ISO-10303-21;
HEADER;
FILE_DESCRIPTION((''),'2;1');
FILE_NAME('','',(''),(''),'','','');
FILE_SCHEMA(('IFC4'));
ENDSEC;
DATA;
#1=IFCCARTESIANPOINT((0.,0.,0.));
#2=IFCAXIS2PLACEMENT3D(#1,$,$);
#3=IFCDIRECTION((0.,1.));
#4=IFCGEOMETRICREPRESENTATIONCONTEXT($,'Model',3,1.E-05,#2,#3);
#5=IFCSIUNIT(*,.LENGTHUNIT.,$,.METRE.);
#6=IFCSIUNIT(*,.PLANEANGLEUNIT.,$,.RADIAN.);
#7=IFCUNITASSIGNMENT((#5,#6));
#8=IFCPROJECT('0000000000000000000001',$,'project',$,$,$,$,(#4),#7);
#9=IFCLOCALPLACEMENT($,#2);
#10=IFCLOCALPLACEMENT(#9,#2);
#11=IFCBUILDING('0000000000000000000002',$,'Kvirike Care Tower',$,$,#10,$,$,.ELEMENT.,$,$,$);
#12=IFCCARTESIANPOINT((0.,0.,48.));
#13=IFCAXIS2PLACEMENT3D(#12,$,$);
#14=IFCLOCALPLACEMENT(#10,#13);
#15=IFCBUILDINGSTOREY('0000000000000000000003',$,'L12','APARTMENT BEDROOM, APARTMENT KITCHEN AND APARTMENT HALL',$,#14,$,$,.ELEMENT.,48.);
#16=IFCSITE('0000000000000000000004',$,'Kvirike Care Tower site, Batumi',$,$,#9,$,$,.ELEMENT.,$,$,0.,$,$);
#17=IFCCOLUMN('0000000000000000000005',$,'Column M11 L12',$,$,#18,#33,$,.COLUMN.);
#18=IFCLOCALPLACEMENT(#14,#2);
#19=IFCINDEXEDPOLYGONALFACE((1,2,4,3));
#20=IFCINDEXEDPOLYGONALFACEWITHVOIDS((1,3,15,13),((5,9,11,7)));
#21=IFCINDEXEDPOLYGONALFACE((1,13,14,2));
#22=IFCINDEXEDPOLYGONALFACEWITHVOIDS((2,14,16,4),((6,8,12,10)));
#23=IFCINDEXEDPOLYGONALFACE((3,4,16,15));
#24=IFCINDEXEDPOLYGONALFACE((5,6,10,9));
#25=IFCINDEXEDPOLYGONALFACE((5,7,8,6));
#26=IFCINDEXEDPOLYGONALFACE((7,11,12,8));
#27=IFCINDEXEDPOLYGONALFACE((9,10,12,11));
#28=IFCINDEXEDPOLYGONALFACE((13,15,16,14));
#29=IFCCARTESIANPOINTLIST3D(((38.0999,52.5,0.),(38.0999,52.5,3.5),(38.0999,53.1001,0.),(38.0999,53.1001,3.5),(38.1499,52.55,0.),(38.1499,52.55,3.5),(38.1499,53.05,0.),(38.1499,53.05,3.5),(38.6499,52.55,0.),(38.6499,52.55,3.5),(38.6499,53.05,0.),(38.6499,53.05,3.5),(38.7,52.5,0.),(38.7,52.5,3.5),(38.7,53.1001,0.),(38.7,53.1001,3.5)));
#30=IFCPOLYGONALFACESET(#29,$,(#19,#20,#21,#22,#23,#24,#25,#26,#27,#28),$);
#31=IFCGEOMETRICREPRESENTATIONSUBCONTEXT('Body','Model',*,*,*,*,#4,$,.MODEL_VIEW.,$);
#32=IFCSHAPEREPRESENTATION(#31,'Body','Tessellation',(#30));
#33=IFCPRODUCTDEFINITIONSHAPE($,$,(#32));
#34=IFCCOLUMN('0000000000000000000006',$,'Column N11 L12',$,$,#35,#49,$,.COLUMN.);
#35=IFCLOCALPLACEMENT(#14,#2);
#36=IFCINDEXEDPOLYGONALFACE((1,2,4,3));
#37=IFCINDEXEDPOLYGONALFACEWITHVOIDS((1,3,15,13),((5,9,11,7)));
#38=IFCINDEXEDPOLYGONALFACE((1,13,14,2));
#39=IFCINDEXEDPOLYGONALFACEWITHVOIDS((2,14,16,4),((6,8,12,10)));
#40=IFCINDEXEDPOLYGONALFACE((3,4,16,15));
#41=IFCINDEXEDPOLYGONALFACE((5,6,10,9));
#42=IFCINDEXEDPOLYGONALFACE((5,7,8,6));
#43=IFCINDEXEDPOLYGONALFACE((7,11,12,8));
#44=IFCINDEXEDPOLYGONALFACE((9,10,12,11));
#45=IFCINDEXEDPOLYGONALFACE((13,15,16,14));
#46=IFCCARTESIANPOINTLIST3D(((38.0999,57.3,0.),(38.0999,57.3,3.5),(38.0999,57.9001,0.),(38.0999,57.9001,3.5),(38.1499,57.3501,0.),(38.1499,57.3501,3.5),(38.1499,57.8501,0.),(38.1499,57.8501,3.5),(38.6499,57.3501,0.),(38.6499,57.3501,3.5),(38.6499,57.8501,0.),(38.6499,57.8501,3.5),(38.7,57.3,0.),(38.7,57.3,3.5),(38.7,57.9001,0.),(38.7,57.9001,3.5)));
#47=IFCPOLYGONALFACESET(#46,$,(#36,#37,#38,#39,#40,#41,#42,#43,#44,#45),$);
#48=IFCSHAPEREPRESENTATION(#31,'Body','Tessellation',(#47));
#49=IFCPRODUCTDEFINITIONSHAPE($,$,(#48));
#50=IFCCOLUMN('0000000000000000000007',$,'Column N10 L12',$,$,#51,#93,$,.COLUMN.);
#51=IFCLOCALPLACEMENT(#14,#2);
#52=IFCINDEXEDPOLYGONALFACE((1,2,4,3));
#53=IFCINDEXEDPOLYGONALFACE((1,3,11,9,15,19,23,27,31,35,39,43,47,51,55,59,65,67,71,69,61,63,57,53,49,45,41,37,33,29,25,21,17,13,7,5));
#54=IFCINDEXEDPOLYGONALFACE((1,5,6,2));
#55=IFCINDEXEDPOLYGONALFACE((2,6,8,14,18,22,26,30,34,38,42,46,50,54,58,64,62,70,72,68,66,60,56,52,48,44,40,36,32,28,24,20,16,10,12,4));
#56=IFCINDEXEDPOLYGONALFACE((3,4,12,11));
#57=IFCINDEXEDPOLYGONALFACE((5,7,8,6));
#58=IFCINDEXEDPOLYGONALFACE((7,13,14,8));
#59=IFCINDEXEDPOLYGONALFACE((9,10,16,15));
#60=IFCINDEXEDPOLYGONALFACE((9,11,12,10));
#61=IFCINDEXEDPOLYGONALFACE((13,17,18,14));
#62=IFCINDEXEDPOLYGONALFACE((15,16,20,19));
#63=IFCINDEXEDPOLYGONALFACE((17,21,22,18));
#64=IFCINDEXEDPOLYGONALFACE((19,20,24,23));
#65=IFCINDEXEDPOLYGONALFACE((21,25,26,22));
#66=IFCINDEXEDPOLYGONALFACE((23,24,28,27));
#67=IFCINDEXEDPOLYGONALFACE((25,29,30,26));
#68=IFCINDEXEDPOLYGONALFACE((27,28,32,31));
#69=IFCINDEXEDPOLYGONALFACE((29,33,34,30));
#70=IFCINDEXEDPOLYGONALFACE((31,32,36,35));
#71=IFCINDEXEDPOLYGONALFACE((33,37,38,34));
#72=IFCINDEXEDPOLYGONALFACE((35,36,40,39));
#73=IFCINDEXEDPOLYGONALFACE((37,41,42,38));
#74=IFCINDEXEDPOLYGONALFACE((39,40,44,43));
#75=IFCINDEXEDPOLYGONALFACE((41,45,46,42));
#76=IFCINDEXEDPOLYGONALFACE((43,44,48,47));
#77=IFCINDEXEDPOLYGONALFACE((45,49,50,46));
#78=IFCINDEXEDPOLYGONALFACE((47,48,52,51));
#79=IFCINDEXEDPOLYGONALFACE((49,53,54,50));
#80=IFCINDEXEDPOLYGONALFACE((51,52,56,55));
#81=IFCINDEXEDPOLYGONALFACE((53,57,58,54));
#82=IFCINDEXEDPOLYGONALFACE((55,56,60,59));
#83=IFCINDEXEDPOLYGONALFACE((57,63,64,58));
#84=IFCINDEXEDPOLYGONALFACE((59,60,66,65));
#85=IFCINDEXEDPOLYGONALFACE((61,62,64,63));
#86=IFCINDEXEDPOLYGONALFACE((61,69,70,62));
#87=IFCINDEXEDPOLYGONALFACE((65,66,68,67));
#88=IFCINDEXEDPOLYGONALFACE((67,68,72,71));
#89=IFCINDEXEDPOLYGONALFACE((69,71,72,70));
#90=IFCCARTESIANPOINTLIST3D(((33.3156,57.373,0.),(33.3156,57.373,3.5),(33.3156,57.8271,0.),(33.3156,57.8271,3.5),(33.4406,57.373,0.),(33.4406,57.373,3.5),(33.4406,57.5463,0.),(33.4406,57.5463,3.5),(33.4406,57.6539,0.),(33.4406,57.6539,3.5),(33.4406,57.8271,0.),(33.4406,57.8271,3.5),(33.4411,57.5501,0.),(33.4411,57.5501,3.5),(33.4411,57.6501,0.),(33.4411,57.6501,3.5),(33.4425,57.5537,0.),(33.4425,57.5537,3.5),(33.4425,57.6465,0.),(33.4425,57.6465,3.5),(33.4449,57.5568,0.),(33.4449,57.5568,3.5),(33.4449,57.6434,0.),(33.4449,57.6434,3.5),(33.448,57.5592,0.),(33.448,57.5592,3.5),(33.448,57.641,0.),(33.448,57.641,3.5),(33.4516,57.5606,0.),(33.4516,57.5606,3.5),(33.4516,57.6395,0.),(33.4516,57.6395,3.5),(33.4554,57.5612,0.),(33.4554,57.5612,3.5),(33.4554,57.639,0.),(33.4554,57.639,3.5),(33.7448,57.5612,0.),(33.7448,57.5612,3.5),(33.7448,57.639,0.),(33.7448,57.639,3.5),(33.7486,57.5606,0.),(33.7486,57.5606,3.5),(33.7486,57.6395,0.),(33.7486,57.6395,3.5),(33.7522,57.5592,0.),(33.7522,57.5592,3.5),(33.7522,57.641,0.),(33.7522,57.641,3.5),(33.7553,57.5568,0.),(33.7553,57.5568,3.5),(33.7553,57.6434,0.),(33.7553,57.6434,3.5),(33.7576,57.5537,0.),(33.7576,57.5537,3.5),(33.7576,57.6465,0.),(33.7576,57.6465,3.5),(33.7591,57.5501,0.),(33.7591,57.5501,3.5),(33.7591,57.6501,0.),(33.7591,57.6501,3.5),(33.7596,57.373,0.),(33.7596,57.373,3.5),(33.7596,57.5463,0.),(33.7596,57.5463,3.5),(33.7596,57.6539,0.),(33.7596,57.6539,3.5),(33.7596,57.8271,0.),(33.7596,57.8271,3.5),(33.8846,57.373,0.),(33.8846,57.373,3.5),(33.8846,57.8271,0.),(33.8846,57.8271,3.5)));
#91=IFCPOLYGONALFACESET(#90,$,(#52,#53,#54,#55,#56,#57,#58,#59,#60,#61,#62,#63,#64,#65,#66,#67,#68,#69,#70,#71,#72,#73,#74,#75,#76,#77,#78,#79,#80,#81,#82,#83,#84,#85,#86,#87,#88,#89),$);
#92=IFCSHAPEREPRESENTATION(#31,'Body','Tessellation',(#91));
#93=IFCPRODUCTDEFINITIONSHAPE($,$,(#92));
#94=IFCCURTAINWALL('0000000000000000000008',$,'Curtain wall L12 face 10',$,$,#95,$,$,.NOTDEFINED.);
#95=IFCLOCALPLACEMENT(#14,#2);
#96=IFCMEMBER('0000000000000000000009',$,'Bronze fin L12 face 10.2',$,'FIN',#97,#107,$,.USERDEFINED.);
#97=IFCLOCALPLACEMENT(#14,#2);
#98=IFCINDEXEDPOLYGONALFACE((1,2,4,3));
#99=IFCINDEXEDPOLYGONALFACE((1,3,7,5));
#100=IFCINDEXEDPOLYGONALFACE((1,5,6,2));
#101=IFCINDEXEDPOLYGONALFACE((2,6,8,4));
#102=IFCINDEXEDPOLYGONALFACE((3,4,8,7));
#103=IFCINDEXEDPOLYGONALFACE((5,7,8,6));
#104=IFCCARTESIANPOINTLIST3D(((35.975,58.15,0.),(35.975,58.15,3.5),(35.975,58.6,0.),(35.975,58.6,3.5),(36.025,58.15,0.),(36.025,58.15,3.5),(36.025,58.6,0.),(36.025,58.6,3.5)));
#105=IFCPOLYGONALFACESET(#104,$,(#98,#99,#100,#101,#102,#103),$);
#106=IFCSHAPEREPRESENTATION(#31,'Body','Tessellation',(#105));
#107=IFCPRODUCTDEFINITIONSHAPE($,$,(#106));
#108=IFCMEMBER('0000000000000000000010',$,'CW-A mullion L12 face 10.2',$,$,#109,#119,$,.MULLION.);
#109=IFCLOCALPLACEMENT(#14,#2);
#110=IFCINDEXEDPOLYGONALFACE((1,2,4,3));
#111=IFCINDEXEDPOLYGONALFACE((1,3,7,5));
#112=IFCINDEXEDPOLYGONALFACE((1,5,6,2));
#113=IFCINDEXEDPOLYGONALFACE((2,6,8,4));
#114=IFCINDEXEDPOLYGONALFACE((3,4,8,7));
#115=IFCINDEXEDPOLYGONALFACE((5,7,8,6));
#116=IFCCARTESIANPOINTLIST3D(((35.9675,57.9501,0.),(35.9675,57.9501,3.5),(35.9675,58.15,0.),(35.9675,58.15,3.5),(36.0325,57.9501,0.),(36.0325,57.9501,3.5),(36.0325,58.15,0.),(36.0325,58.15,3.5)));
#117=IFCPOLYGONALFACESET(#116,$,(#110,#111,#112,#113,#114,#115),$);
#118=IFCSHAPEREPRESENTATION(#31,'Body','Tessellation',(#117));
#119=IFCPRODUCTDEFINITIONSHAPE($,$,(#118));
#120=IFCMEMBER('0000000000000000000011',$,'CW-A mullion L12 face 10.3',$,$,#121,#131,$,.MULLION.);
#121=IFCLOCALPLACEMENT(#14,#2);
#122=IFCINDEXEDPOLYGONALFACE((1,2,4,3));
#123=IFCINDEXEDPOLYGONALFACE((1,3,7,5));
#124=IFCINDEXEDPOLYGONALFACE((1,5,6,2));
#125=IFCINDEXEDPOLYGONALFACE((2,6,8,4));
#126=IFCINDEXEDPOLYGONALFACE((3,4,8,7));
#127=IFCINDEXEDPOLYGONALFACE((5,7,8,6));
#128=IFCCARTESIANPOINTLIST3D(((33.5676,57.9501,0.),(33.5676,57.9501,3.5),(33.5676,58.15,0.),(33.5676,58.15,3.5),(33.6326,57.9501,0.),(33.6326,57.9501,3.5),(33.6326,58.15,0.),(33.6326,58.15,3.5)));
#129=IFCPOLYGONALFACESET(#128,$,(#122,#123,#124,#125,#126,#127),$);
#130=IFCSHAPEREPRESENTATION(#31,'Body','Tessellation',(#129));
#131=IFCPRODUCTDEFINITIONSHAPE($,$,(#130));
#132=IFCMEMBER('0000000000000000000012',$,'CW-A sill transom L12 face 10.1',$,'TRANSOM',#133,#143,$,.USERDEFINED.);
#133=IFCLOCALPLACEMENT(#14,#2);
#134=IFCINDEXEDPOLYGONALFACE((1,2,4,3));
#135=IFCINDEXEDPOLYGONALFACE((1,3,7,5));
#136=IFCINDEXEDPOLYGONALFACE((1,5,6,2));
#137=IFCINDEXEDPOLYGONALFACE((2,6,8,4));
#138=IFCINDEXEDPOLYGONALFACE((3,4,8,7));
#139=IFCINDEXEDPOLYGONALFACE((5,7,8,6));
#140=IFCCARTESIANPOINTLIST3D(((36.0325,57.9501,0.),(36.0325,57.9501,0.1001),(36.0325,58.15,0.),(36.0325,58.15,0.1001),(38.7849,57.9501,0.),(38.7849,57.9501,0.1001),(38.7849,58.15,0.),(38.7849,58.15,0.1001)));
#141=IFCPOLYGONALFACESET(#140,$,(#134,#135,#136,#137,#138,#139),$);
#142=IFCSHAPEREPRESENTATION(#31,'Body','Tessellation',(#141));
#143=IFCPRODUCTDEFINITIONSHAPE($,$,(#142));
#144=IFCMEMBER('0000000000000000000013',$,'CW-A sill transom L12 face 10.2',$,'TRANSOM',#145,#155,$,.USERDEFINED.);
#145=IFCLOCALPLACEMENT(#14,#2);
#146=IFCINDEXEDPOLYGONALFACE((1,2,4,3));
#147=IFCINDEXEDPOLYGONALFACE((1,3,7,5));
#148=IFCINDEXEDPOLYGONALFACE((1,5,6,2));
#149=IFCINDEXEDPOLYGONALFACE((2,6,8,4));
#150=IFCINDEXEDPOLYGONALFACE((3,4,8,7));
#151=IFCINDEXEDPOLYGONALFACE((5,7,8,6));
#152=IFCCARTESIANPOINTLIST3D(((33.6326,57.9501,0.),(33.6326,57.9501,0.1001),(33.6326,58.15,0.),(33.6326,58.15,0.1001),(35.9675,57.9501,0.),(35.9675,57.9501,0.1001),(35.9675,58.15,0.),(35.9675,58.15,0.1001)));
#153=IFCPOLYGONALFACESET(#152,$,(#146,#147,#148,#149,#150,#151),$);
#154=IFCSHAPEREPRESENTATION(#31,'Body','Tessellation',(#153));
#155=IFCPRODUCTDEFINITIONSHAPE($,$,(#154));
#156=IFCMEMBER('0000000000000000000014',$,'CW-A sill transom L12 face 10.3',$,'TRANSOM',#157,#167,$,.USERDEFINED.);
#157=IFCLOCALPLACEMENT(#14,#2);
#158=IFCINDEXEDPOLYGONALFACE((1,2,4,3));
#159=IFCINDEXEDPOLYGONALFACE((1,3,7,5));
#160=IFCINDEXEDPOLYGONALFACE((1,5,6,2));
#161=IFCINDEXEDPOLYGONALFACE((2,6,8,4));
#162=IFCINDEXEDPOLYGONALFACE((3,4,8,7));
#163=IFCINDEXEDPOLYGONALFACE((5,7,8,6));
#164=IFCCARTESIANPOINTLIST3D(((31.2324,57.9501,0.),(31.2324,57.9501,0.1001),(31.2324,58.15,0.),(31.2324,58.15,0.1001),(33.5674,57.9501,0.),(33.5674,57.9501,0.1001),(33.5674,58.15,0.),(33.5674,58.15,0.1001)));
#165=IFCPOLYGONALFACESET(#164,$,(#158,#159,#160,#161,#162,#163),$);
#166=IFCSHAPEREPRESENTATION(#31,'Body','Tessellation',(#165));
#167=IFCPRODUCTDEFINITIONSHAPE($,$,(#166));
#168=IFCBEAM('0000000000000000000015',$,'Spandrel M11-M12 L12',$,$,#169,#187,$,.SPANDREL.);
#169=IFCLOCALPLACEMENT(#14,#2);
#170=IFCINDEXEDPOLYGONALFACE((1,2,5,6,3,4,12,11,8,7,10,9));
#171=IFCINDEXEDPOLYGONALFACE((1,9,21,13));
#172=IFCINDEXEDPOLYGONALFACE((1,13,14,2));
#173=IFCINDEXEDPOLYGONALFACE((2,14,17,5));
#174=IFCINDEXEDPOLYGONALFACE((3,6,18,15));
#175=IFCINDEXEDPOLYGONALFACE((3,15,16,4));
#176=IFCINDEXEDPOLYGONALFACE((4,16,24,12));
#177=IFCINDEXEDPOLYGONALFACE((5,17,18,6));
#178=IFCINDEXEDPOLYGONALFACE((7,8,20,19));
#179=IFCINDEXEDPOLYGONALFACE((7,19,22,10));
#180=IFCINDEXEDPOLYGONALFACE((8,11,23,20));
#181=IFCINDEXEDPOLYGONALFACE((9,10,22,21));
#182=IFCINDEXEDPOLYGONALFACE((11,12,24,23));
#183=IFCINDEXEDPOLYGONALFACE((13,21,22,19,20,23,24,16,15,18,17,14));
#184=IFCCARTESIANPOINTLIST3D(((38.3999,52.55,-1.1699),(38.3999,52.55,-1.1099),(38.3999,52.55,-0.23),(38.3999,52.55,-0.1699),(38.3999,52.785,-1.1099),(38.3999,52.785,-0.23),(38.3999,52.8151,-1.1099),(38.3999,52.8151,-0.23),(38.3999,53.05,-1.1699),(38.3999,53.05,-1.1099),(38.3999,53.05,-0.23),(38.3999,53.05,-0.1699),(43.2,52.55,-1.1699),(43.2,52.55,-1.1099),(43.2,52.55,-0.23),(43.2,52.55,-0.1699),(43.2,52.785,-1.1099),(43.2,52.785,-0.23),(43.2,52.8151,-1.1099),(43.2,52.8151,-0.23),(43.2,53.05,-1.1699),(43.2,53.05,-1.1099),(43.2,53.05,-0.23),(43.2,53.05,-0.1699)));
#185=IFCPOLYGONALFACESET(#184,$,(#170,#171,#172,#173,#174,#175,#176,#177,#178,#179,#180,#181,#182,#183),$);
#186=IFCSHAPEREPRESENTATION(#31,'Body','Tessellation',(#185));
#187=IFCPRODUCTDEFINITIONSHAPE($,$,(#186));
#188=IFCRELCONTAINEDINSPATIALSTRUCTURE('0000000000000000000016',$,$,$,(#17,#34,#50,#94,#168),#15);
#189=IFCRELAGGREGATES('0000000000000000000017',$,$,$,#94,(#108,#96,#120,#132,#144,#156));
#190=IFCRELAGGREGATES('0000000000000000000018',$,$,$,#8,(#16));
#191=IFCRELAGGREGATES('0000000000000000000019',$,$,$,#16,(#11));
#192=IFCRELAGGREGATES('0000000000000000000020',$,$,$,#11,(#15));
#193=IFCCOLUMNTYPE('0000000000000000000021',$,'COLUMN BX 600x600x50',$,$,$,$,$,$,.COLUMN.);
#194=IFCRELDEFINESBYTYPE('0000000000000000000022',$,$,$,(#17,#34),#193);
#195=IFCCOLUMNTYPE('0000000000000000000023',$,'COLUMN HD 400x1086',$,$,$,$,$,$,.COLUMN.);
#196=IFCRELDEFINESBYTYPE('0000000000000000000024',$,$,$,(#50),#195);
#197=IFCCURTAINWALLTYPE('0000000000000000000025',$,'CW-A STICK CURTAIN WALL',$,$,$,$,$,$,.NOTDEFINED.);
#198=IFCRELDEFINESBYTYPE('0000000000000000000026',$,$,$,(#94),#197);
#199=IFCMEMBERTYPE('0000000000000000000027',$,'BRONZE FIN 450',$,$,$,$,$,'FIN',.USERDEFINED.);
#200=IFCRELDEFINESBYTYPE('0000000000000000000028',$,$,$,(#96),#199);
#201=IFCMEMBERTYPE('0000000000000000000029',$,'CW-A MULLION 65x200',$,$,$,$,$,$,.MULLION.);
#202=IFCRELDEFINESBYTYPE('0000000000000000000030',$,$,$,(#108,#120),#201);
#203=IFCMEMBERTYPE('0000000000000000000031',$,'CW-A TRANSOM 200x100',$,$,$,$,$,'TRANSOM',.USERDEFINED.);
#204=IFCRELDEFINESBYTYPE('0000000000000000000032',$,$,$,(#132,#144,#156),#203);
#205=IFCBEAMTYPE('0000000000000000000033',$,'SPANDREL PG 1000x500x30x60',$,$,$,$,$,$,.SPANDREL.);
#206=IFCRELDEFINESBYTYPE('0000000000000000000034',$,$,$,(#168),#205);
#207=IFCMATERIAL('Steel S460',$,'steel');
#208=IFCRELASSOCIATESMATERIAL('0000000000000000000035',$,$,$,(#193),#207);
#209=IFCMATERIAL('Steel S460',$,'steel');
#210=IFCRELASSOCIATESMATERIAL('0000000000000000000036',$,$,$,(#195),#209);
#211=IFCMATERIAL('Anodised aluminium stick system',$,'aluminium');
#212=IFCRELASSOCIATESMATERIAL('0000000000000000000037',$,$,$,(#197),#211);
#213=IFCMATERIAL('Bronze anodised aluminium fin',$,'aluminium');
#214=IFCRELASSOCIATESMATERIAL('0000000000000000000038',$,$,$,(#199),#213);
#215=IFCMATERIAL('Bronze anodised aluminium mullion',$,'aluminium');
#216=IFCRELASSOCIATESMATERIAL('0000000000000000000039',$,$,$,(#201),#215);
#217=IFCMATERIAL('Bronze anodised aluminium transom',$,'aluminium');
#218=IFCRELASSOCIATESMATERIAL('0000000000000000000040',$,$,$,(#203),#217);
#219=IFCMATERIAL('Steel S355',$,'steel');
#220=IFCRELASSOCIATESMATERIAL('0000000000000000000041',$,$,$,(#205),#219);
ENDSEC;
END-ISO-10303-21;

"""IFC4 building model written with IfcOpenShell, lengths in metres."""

from ifc_helpers import new_model, si_unit, direction, frame, origin, origin_2d, place, context, subcontext, project, spatial, rectangle, hollow_rectangle, i_section, extrude, material, material_profile, profile_set, type_object, element, aggregate, save


model = new_model("IFC4")

# Units and contexts
model_context = context("Model", 3, precision=1e-05, world=origin(), true_north=direction((0.0, 1.0)))
body_context = subcontext(model_context, "Body", "Model", "MODEL_VIEW")
ifc_project = project(units=[si_unit("LENGTHUNIT", "METRE"), si_unit("PLANEANGLEUNIT", "RADIAN")], contexts=[model_context])

# Site, building, storey
site_placement = place(None, origin())
site = spatial("IfcSite", under=ifc_project, at=site_placement, Name="Kvirike Care Tower site, Batumi", CompositionType="ELEMENT", RefElevation=0.0)
building_placement = place(site_placement, origin())
building = spatial("IfcBuilding", under=site, at=building_placement, Name="Kvirike Care Tower", CompositionType="ELEMENT")
storey_placement = place(building_placement, frame((0.0, 0.0, 48.0)))
storey = spatial("IfcBuildingStorey", under=building, at=storey_placement, Name="L12", Description="APARTMENT BEDROOM, APARTMENT KITCHEN AND APARTMENT HALL", CompositionType="ELEMENT", Elevation=48.0)

# Columns
ifc_material_1 = material(Name="Steel S460", Category="steel")
ifc_material_profile_1 = material_profile(ifc_material_1, hollow_rectangle(XDim=0.6001, YDim=0.6001, WallThickness=0.05, at=origin_2d()), Name="BX 600x600x50")
ifc_profile_set_1 = profile_set([ifc_material_profile_1], Name="Steel S460")
column_type_1 = type_object("IfcColumnType", Name="COLUMN BX 600x600x50", PredefinedType="COLUMN", material=ifc_profile_set_1)
for number, where, z_axis, x_axis, name in (
    (1, (38.3999, 52.8, 0.0), (0.0, 0.0, 1.0), (0.0, 1.0, 0.0), "Column M11 L12"),
    (2, (38.3999, 57.6001, 0.0), (0.0, 0.0, 1.0), (0.0, 1.0, 0.0), "Column N11 L12"),
):
    element("IfcColumn", number, at=place(storey_placement, frame(where, z_axis=z_axis, x_axis=x_axis)), inside=storey, type_object=column_type_1, Name=name, PredefinedType="COLUMN", context=body_context, shape_type="SweptSolid", body=[
        extrude(hollow_rectangle(XDim=0.6001, YDim=0.6001, WallThickness=0.05, at=origin_2d()), origin(), (0.0, 0.0, 1.0), 3.5),
    ])
ifc_material_2 = material(Name="Steel S460", Category="steel")
ifc_material_profile_2 = material_profile(ifc_material_2, i_section(OverallWidth=0.4541, OverallDepth=0.5691, WebThickness=0.0779, FlangeThickness=0.125, FilletRadius=0.0149, at=origin_2d()), Name="HD 400x1086")
ifc_profile_set_2 = profile_set([ifc_material_profile_2], Name="Steel S460")
column_type_2 = type_object("IfcColumnType", Name="COLUMN HD 400x1086", PredefinedType="COLUMN", material=ifc_profile_set_2)
column_placement = place(storey_placement, frame((33.6001, 57.6001, 0.0), z_axis=(0.0, 0.0, 1.0), x_axis=(0.0, 1.0, 0.0)))
element("IfcColumn", 3, at=column_placement, inside=storey, type_object=column_type_2, Name="Column N10 L12", PredefinedType="COLUMN", context=body_context, shape_type="SweptSolid", body=[
    extrude(i_section(OverallWidth=0.4541, OverallDepth=0.5691, WebThickness=0.0779, FlangeThickness=0.125, FilletRadius=0.0149, at=origin_2d()), origin(), (0.0, 0.0, 1.0), 3.5),
])

# Curtain wall, members
ifc_material_3 = material(Name="Anodised aluminium stick system", Category="aluminium")
curtain_wall_type = type_object("IfcCurtainWallType", Name="CW-A STICK CURTAIN WALL", PredefinedType="NOTDEFINED", material=ifc_material_3)
curtain_wall_placement = place(storey_placement, origin())
curtain_wall = element("IfcCurtainWall", 4, at=curtain_wall_placement, inside=storey, type_object=curtain_wall_type, Name="Curtain wall L12 face 10", PredefinedType="NOTDEFINED")
ifc_material_4 = material(Name="Bronze anodised aluminium fin", Category="aluminium")
ifc_material_profile_3 = material_profile(ifc_material_4, rectangle(XDim=0.05, YDim=0.45, at=origin_2d()), Name="BRONZE FIN 450")
ifc_profile_set_3 = profile_set([ifc_material_profile_3], Name="Bronze anodised aluminium fin")
member_type_1 = type_object("IfcMemberType", Name="BRONZE FIN 450", ElementType="FIN", PredefinedType="USERDEFINED", material=ifc_profile_set_3)
member_1_placement = place(storey_placement, frame((36.0, 58.375, 0.0), z_axis=(0.0, 0.0, 1.0), x_axis=(-1.0, 0.0, 0.0)))
member_1 = element("IfcMember", 5, at=member_1_placement, type_object=member_type_1, Name="Bronze fin L12 face 10.2", ObjectType="FIN", PredefinedType="USERDEFINED", context=body_context, shape_type="SweptSolid", body=[
    extrude(rectangle(XDim=0.05, YDim=0.45, at=origin_2d()), origin(), (0.0, 0.0, 1.0), 3.5),
])
ifc_material_5 = material(Name="Bronze anodised aluminium mullion", Category="aluminium")
ifc_material_profile_4 = material_profile(ifc_material_5, rectangle(XDim=0.0649, YDim=0.2, at=origin_2d()), Name="CW-A MULLION 65x200")
ifc_profile_set_4 = profile_set([ifc_material_profile_4], Name="Bronze anodised aluminium mullion")
member_type_2 = type_object("IfcMemberType", Name="CW-A MULLION 65x200", PredefinedType="MULLION", material=ifc_profile_set_4)
member_2_placement = place(storey_placement, frame((36.0, 58.05, 0.0), z_axis=(0.0, 0.0, 1.0), x_axis=(-1.0, 0.0, 0.0)))
member_2 = element("IfcMember", 6, at=member_2_placement, type_object=member_type_2, Name="CW-A mullion L12 face 10.2", PredefinedType="MULLION", context=body_context, shape_type="SweptSolid", body=[
    extrude(rectangle(XDim=0.0649, YDim=0.2, at=origin_2d()), origin(), (0.0, 0.0, 1.0), 3.5),
])
member_3_placement = place(storey_placement, frame((33.6001, 58.05, 0.0), z_axis=(0.0, 0.0, 1.0), x_axis=(-1.0, 0.0, 0.0)))
member_3 = element("IfcMember", 7, at=member_3_placement, type_object=member_type_2, Name="CW-A mullion L12 face 10.3", PredefinedType="MULLION", context=body_context, shape_type="SweptSolid", body=[
    extrude(rectangle(XDim=0.0649, YDim=0.2, at=origin_2d()), origin(), (0.0, 0.0, 1.0), 3.5),
])
ifc_material_6 = material(Name="Bronze anodised aluminium transom", Category="aluminium")
ifc_material_profile_5 = material_profile(ifc_material_6, rectangle(XDim=0.2, YDim=0.1001, at=origin_2d()), Name="CW-A TRANSOM 200x100")
ifc_profile_set_5 = profile_set([ifc_material_profile_5], Name="Bronze anodised aluminium transom")
member_type_3 = type_object("IfcMemberType", Name="CW-A TRANSOM 200x100", ElementType="TRANSOM", PredefinedType="USERDEFINED", material=ifc_profile_set_5)
member_4_placement = place(storey_placement, frame((38.7849, 58.05, 0.05), z_axis=(-1.0, 0.0, 0.0), x_axis=(0.0, -1.0, 0.0)))
member_4 = element("IfcMember", 8, at=member_4_placement, type_object=member_type_3, Name="CW-A sill transom L12 face 10.1", ObjectType="TRANSOM", PredefinedType="USERDEFINED", context=body_context, shape_type="SweptSolid", body=[
    extrude(rectangle(XDim=0.2, YDim=0.1001, at=origin_2d()), origin(), (0.0, 0.0, 1.0), 2.7524),
])
member_5_placement = place(storey_placement, frame((35.9675, 58.05, 0.05), z_axis=(-1.0, 0.0, 0.0), x_axis=(0.0, -1.0, 0.0)))
member_5 = element("IfcMember", 9, at=member_5_placement, type_object=member_type_3, Name="CW-A sill transom L12 face 10.2", ObjectType="TRANSOM", PredefinedType="USERDEFINED", context=body_context, shape_type="SweptSolid", body=[
    extrude(rectangle(XDim=0.2, YDim=0.1001, at=origin_2d()), origin(), (0.0, 0.0, 1.0), 2.335),
])
member_6_placement = place(storey_placement, frame((33.5674, 58.05, 0.05), z_axis=(-1.0, 0.0, 0.0), x_axis=(0.0, -1.0, 0.0)))
member_6 = element("IfcMember", 10, at=member_6_placement, type_object=member_type_3, Name="CW-A sill transom L12 face 10.3", ObjectType="TRANSOM", PredefinedType="USERDEFINED", context=body_context, shape_type="SweptSolid", body=[
    extrude(rectangle(XDim=0.2, YDim=0.1001, at=origin_2d()), origin(), (0.0, 0.0, 1.0), 2.335),
])

# Beam
ifc_material_7 = material(Name="Steel S355", Category="steel")
ifc_material_profile_6 = material_profile(ifc_material_7, i_section(OverallWidth=0.5, OverallDepth=1.0, WebThickness=0.03, FlangeThickness=0.0601, at=origin_2d()), Name="PG 1000x500x30x60")
ifc_profile_set_6 = profile_set([ifc_material_profile_6], Name="Steel S355")
beam_type = type_object("IfcBeamType", Name="SPANDREL PG 1000x500x30x60", PredefinedType="SPANDREL", material=ifc_profile_set_6)
beam_1_placement = place(storey_placement, frame((38.3999, 52.8, -0.6699), z_axis=(1.0, 0.0, 0.0), x_axis=(0.0, 1.0, 0.0)))
element("IfcBeam", 11, at=beam_1_placement, inside=storey, type_object=beam_type, Name="Spandrel M11-M12 L12", PredefinedType="SPANDREL", context=body_context, shape_type="SweptSolid", body=[
    extrude(i_section(OverallWidth=0.5, OverallDepth=1.0, WebThickness=0.03, FlangeThickness=0.0601, at=origin_2d()), origin(), (0.0, 0.0, 1.0), 4.8),
])

aggregate(curtain_wall, [member_2, member_1, member_3, member_4, member_5, member_6])

save(model, "model.ifc")
